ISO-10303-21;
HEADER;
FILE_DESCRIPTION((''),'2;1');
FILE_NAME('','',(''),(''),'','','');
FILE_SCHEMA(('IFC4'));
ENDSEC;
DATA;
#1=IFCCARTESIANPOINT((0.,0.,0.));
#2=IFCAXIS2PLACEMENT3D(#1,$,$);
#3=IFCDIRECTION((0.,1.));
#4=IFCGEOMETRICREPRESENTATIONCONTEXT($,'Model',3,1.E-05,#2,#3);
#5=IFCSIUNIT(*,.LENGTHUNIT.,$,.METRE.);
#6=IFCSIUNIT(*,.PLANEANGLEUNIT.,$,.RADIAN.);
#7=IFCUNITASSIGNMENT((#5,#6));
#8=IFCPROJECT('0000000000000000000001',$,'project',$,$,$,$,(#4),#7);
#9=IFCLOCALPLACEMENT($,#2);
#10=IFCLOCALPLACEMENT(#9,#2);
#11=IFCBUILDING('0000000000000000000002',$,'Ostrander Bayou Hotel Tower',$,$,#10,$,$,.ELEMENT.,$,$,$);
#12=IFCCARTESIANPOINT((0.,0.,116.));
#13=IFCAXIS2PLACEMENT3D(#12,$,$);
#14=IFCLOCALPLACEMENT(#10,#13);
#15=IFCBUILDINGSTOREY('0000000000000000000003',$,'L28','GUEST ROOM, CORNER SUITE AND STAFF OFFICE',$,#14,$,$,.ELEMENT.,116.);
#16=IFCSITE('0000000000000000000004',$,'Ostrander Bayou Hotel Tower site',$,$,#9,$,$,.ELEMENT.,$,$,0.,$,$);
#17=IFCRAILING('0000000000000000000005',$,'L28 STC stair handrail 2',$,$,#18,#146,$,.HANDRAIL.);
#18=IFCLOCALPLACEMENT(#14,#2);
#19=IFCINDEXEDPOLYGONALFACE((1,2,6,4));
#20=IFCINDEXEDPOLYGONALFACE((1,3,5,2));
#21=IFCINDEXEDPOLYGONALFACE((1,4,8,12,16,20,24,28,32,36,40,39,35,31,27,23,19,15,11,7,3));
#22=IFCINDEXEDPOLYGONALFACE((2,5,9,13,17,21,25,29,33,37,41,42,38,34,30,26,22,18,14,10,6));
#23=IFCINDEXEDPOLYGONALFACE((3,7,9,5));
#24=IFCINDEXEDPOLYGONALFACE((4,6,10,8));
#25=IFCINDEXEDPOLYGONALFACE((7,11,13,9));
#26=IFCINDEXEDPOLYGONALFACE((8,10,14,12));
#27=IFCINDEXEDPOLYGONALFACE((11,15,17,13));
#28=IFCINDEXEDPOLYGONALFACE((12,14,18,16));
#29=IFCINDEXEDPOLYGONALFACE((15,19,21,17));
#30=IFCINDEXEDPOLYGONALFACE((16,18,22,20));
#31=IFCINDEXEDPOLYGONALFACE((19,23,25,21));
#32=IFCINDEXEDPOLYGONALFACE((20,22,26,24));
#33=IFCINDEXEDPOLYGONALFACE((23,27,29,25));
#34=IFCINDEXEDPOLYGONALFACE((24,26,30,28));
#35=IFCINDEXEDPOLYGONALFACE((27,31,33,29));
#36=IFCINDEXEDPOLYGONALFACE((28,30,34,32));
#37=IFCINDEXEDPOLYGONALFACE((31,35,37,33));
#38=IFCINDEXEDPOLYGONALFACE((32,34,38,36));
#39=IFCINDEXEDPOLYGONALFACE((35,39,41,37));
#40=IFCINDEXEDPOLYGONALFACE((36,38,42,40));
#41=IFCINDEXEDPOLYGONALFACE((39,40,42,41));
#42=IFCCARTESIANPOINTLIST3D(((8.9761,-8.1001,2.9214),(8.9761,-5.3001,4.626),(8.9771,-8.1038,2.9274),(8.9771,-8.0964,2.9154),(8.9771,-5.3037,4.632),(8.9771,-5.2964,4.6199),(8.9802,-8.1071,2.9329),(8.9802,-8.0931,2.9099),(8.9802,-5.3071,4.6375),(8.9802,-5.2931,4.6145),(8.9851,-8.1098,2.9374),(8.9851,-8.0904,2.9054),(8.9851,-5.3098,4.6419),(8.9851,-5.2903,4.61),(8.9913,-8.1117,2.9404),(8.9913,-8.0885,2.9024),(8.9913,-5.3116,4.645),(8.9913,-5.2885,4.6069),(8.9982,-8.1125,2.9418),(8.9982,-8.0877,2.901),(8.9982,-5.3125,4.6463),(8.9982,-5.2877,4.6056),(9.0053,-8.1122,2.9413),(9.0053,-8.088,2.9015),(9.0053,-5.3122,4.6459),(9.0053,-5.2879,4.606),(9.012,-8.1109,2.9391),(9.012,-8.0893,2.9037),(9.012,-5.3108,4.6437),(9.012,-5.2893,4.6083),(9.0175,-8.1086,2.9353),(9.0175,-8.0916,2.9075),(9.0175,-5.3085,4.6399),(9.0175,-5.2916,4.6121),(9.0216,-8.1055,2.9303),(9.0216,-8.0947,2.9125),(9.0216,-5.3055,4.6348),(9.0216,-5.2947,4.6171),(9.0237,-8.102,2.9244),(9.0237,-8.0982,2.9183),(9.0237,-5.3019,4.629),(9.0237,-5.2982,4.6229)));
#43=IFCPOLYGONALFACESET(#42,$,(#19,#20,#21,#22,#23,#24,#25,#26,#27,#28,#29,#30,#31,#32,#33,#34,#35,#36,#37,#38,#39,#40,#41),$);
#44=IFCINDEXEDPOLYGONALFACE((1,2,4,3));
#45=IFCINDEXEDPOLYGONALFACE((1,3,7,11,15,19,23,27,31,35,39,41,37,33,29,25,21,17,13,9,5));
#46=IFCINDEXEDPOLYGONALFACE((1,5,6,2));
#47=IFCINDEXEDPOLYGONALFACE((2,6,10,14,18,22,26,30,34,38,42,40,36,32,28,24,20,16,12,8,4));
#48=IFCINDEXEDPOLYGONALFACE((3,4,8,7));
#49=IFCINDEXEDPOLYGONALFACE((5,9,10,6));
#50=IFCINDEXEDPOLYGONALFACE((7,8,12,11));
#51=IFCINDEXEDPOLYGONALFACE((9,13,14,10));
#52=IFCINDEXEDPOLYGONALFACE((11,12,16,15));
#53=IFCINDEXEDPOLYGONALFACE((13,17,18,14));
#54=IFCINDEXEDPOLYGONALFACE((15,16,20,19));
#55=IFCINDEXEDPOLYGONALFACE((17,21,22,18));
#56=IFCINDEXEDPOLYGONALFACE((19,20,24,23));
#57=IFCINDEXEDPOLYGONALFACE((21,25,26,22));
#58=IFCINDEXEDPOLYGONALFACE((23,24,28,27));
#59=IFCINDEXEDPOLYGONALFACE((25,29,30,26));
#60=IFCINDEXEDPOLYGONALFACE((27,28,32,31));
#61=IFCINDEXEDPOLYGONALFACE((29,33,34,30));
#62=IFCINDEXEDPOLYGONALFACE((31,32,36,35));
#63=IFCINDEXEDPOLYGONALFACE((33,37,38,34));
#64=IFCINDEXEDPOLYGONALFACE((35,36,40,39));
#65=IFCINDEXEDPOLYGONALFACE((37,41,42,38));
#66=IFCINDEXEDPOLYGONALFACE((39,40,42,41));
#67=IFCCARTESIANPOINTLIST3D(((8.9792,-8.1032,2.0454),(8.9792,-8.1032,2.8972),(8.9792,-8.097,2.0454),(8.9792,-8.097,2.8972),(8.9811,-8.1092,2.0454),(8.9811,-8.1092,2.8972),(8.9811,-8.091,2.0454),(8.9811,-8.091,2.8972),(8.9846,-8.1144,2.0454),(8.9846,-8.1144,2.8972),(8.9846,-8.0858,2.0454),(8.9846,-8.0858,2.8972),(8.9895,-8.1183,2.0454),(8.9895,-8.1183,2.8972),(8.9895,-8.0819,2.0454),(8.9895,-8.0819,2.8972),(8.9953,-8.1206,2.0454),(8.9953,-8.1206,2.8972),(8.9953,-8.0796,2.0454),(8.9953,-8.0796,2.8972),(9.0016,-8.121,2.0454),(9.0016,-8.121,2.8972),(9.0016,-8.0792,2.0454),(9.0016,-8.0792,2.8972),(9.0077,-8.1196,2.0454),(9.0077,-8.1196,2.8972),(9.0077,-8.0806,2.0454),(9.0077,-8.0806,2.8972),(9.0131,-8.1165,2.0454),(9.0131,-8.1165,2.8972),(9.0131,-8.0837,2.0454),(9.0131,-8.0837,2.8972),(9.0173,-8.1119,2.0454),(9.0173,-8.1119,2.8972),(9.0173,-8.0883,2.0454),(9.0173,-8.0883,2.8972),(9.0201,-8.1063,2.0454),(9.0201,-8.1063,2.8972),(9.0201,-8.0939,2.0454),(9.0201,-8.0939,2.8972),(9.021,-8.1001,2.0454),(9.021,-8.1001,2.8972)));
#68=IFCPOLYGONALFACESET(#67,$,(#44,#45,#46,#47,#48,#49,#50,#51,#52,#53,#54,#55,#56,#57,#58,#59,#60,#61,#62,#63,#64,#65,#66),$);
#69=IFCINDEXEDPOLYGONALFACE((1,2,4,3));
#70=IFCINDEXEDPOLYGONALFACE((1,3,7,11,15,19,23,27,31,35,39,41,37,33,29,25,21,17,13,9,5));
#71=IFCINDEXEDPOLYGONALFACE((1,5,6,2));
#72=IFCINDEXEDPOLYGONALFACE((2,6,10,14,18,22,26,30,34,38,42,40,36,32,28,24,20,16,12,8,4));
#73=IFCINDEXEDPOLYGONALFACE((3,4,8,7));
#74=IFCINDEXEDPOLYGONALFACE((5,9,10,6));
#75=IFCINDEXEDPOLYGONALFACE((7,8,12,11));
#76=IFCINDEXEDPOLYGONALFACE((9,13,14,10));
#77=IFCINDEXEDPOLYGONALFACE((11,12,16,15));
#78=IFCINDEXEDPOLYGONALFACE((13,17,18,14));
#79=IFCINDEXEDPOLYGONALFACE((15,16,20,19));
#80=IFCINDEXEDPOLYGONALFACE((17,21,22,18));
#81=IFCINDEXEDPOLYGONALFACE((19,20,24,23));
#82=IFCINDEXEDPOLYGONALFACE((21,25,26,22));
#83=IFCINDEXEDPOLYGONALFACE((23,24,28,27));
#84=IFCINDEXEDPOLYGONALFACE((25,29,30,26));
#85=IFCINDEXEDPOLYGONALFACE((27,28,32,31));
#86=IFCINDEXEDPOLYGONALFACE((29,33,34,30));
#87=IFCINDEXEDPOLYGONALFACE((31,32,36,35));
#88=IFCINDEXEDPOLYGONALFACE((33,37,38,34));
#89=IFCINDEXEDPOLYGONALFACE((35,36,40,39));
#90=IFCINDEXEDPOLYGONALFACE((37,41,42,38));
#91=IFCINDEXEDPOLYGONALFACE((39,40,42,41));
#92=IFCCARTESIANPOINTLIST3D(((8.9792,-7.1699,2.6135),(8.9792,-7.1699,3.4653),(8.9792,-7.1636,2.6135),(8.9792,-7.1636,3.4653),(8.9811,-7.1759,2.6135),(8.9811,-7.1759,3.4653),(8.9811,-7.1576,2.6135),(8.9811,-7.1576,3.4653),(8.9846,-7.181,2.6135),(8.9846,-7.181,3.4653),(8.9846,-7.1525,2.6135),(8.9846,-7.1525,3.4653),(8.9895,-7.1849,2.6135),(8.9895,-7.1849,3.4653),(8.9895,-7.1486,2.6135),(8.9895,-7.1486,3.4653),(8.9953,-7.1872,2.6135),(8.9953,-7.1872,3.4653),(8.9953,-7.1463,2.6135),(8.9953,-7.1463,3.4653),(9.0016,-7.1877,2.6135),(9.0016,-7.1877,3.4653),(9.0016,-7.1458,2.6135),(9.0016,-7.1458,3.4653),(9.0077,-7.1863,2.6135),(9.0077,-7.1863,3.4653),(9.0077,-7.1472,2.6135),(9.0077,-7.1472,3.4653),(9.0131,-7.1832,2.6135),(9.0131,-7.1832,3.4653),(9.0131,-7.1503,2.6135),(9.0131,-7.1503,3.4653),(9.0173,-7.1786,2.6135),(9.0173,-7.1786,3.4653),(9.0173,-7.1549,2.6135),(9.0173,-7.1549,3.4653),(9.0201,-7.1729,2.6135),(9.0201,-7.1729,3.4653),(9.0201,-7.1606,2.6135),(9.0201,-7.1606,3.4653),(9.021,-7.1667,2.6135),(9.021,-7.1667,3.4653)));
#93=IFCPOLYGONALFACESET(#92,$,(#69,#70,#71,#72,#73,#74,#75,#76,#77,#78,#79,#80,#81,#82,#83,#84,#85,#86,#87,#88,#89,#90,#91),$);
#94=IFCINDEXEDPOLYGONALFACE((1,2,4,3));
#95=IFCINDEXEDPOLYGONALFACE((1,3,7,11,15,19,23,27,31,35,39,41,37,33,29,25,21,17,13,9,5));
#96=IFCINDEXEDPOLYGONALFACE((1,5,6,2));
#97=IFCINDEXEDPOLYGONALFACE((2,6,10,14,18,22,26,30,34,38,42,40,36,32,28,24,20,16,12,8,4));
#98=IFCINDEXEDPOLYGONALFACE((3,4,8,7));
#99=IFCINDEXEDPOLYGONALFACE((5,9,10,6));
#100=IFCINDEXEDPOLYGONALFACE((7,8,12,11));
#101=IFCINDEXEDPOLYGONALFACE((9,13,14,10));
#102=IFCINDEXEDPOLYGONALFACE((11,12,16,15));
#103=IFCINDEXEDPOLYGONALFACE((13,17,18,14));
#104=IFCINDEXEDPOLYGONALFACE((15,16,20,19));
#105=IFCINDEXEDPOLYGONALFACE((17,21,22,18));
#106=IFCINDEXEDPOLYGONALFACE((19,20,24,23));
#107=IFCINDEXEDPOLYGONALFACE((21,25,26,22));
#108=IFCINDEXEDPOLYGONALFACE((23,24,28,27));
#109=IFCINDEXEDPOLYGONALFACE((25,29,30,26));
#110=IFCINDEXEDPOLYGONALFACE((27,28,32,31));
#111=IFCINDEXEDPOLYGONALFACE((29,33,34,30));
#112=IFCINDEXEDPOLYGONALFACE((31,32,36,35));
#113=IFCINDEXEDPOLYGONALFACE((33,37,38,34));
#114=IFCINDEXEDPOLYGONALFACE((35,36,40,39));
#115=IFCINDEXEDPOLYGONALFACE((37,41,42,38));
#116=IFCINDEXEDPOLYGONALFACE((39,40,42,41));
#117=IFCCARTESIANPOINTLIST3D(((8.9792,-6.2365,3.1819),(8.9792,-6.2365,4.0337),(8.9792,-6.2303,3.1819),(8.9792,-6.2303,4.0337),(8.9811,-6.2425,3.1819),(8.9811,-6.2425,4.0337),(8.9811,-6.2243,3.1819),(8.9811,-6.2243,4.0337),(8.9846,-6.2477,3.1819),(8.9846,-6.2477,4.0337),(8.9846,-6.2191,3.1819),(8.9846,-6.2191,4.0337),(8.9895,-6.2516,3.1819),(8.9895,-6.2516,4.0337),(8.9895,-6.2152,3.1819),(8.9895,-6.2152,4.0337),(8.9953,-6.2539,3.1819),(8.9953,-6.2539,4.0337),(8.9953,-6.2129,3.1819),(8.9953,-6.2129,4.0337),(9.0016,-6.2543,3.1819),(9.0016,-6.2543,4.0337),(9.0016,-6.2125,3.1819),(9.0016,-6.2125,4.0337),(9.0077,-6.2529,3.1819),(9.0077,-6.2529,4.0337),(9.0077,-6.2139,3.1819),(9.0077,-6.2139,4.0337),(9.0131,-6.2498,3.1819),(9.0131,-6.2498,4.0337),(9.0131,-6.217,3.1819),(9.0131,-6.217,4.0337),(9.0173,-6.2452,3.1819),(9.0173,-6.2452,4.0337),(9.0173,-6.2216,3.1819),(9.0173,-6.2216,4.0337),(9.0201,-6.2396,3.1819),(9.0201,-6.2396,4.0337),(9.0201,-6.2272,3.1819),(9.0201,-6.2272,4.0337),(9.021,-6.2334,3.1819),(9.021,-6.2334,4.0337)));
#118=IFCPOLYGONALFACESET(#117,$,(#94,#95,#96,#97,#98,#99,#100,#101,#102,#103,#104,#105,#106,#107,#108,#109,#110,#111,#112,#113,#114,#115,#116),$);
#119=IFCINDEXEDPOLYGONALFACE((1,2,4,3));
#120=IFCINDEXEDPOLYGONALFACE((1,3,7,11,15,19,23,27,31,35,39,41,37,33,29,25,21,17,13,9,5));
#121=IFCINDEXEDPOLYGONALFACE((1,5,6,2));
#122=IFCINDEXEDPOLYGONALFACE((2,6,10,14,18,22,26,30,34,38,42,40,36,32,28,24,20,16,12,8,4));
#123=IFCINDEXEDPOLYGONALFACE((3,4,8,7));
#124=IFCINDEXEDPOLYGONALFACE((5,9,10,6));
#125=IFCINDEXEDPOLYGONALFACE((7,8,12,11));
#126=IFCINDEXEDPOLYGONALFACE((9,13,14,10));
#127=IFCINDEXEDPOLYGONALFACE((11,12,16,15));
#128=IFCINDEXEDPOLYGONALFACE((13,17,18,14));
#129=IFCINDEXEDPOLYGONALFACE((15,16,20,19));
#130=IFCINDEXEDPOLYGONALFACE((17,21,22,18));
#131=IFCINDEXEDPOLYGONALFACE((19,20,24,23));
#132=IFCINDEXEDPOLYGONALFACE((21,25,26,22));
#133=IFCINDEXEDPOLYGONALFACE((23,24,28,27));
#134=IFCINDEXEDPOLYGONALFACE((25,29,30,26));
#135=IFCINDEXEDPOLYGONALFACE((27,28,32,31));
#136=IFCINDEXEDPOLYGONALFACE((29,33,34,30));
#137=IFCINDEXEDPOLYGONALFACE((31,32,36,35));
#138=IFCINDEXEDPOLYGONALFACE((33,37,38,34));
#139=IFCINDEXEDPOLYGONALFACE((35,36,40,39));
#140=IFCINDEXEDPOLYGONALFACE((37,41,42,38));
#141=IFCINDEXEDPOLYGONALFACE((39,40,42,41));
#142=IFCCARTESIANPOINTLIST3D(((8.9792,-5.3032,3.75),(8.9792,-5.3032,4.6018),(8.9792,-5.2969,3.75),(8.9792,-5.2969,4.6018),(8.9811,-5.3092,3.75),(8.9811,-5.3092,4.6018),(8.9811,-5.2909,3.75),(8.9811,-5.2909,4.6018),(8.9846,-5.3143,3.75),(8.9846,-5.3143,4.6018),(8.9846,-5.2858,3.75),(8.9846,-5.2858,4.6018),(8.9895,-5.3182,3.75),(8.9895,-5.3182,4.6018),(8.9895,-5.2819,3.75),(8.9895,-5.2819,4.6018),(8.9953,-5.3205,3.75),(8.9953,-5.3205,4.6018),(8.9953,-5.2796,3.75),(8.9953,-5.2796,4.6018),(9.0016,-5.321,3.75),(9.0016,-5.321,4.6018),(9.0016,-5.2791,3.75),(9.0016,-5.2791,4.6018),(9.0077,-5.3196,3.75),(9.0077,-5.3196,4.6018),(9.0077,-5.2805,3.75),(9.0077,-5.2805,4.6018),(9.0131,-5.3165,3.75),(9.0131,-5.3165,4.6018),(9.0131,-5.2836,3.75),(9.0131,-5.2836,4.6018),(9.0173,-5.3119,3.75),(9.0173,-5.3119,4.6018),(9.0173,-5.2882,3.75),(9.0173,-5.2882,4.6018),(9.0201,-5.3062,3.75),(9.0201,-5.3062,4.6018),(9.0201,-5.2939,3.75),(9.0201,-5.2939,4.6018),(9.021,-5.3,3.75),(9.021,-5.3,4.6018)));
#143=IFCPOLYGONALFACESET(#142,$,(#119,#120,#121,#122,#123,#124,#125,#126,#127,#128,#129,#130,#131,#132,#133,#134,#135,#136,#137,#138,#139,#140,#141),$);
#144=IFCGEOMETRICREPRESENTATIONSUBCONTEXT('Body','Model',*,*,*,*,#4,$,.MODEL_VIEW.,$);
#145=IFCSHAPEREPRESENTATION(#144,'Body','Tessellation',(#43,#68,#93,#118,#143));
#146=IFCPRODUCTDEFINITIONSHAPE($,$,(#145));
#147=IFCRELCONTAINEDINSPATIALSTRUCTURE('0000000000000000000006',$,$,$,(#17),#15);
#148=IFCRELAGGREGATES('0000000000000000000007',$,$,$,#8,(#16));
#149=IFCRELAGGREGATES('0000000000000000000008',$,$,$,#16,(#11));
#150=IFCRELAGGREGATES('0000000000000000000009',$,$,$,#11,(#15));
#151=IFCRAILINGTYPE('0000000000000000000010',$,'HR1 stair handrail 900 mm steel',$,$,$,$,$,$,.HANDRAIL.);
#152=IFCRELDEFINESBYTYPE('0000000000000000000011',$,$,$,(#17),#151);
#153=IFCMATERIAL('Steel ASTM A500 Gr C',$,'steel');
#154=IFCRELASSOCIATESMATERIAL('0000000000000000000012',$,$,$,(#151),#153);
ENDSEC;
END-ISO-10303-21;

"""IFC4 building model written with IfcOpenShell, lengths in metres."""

from ifc_helpers import new_model, si_unit, direction, frame, origin, origin_2d, place, context, subcontext, project, spatial, circle, extrude, material, type_object, element, save


model = new_model("IFC4")

# Units and contexts
model_context = context("Model", 3, precision=1e-05, world=origin(), true_north=direction((0.0, 1.0)))
body_context = subcontext(model_context, "Body", "Model", "MODEL_VIEW")
ifc_project = project(units=[si_unit("LENGTHUNIT", "METRE"), si_unit("PLANEANGLEUNIT", "RADIAN")], contexts=[model_context])

# Site, building, storey
site_placement = place(None, origin())
site = spatial("IfcSite", under=ifc_project, at=site_placement, Name="Ostrander Bayou Hotel Tower site", CompositionType="ELEMENT", RefElevation=0.0)
building_placement = place(site_placement, origin())
building = spatial("IfcBuilding", under=site, at=building_placement, Name="Ostrander Bayou Hotel Tower", CompositionType="ELEMENT")
storey_placement = place(building_placement, frame((0.0, 0.0, 116.0)))
storey = spatial("IfcBuildingStorey", under=building, at=storey_placement, Name="L28", Description="GUEST ROOM, CORNER SUITE AND STAFF OFFICE", CompositionType="ELEMENT", Elevation=116.0)

# Railing
ifc_material_1 = material(Name="Steel ASTM A500 Gr C", Category="steel")
railing_type_1 = type_object("IfcRailingType", Name="HR1 stair handrail 900 mm steel", PredefinedType="HANDRAIL", material=ifc_material_1)
railing_1_placement = place(storey_placement, frame((9.0, -8.1001, 2.0454)))
element("IfcRailing", 1, at=railing_1_placement, inside=storey, type_object=railing_type_1, Name="L28 STC stair handrail 2", PredefinedType="HANDRAIL", context=body_context, shape_type="SweptSolid", body=[
    extrude(circle(Radius=0.0239, at=origin_2d()), frame((0.0, 0.0, 0.876), z_axis=(0.0, 0.85417, 0.519994), x_axis=(-1.0, 0.0, 0.0)), (0.0, 0.0, 1.0), 3.2781),
    extrude(circle(Radius=0.021, at=origin_2d()), origin(), (0.0, 0.0, 1.0), 0.8518),
    extrude(circle(Radius=0.021, at=origin_2d()), frame((0.0, 0.9333, 0.5681)), (0.0, 0.0, 1.0), 0.8518),
    extrude(circle(Radius=0.021, at=origin_2d()), frame((0.0, 1.8667, 1.1365)), (0.0, 0.0, 1.0), 0.8518),
    extrude(circle(Radius=0.021, at=origin_2d()), frame((0.0, 2.8, 1.7046)), (0.0, 0.0, 1.0), 0.8518),
])

save(model, "model.ifc")
